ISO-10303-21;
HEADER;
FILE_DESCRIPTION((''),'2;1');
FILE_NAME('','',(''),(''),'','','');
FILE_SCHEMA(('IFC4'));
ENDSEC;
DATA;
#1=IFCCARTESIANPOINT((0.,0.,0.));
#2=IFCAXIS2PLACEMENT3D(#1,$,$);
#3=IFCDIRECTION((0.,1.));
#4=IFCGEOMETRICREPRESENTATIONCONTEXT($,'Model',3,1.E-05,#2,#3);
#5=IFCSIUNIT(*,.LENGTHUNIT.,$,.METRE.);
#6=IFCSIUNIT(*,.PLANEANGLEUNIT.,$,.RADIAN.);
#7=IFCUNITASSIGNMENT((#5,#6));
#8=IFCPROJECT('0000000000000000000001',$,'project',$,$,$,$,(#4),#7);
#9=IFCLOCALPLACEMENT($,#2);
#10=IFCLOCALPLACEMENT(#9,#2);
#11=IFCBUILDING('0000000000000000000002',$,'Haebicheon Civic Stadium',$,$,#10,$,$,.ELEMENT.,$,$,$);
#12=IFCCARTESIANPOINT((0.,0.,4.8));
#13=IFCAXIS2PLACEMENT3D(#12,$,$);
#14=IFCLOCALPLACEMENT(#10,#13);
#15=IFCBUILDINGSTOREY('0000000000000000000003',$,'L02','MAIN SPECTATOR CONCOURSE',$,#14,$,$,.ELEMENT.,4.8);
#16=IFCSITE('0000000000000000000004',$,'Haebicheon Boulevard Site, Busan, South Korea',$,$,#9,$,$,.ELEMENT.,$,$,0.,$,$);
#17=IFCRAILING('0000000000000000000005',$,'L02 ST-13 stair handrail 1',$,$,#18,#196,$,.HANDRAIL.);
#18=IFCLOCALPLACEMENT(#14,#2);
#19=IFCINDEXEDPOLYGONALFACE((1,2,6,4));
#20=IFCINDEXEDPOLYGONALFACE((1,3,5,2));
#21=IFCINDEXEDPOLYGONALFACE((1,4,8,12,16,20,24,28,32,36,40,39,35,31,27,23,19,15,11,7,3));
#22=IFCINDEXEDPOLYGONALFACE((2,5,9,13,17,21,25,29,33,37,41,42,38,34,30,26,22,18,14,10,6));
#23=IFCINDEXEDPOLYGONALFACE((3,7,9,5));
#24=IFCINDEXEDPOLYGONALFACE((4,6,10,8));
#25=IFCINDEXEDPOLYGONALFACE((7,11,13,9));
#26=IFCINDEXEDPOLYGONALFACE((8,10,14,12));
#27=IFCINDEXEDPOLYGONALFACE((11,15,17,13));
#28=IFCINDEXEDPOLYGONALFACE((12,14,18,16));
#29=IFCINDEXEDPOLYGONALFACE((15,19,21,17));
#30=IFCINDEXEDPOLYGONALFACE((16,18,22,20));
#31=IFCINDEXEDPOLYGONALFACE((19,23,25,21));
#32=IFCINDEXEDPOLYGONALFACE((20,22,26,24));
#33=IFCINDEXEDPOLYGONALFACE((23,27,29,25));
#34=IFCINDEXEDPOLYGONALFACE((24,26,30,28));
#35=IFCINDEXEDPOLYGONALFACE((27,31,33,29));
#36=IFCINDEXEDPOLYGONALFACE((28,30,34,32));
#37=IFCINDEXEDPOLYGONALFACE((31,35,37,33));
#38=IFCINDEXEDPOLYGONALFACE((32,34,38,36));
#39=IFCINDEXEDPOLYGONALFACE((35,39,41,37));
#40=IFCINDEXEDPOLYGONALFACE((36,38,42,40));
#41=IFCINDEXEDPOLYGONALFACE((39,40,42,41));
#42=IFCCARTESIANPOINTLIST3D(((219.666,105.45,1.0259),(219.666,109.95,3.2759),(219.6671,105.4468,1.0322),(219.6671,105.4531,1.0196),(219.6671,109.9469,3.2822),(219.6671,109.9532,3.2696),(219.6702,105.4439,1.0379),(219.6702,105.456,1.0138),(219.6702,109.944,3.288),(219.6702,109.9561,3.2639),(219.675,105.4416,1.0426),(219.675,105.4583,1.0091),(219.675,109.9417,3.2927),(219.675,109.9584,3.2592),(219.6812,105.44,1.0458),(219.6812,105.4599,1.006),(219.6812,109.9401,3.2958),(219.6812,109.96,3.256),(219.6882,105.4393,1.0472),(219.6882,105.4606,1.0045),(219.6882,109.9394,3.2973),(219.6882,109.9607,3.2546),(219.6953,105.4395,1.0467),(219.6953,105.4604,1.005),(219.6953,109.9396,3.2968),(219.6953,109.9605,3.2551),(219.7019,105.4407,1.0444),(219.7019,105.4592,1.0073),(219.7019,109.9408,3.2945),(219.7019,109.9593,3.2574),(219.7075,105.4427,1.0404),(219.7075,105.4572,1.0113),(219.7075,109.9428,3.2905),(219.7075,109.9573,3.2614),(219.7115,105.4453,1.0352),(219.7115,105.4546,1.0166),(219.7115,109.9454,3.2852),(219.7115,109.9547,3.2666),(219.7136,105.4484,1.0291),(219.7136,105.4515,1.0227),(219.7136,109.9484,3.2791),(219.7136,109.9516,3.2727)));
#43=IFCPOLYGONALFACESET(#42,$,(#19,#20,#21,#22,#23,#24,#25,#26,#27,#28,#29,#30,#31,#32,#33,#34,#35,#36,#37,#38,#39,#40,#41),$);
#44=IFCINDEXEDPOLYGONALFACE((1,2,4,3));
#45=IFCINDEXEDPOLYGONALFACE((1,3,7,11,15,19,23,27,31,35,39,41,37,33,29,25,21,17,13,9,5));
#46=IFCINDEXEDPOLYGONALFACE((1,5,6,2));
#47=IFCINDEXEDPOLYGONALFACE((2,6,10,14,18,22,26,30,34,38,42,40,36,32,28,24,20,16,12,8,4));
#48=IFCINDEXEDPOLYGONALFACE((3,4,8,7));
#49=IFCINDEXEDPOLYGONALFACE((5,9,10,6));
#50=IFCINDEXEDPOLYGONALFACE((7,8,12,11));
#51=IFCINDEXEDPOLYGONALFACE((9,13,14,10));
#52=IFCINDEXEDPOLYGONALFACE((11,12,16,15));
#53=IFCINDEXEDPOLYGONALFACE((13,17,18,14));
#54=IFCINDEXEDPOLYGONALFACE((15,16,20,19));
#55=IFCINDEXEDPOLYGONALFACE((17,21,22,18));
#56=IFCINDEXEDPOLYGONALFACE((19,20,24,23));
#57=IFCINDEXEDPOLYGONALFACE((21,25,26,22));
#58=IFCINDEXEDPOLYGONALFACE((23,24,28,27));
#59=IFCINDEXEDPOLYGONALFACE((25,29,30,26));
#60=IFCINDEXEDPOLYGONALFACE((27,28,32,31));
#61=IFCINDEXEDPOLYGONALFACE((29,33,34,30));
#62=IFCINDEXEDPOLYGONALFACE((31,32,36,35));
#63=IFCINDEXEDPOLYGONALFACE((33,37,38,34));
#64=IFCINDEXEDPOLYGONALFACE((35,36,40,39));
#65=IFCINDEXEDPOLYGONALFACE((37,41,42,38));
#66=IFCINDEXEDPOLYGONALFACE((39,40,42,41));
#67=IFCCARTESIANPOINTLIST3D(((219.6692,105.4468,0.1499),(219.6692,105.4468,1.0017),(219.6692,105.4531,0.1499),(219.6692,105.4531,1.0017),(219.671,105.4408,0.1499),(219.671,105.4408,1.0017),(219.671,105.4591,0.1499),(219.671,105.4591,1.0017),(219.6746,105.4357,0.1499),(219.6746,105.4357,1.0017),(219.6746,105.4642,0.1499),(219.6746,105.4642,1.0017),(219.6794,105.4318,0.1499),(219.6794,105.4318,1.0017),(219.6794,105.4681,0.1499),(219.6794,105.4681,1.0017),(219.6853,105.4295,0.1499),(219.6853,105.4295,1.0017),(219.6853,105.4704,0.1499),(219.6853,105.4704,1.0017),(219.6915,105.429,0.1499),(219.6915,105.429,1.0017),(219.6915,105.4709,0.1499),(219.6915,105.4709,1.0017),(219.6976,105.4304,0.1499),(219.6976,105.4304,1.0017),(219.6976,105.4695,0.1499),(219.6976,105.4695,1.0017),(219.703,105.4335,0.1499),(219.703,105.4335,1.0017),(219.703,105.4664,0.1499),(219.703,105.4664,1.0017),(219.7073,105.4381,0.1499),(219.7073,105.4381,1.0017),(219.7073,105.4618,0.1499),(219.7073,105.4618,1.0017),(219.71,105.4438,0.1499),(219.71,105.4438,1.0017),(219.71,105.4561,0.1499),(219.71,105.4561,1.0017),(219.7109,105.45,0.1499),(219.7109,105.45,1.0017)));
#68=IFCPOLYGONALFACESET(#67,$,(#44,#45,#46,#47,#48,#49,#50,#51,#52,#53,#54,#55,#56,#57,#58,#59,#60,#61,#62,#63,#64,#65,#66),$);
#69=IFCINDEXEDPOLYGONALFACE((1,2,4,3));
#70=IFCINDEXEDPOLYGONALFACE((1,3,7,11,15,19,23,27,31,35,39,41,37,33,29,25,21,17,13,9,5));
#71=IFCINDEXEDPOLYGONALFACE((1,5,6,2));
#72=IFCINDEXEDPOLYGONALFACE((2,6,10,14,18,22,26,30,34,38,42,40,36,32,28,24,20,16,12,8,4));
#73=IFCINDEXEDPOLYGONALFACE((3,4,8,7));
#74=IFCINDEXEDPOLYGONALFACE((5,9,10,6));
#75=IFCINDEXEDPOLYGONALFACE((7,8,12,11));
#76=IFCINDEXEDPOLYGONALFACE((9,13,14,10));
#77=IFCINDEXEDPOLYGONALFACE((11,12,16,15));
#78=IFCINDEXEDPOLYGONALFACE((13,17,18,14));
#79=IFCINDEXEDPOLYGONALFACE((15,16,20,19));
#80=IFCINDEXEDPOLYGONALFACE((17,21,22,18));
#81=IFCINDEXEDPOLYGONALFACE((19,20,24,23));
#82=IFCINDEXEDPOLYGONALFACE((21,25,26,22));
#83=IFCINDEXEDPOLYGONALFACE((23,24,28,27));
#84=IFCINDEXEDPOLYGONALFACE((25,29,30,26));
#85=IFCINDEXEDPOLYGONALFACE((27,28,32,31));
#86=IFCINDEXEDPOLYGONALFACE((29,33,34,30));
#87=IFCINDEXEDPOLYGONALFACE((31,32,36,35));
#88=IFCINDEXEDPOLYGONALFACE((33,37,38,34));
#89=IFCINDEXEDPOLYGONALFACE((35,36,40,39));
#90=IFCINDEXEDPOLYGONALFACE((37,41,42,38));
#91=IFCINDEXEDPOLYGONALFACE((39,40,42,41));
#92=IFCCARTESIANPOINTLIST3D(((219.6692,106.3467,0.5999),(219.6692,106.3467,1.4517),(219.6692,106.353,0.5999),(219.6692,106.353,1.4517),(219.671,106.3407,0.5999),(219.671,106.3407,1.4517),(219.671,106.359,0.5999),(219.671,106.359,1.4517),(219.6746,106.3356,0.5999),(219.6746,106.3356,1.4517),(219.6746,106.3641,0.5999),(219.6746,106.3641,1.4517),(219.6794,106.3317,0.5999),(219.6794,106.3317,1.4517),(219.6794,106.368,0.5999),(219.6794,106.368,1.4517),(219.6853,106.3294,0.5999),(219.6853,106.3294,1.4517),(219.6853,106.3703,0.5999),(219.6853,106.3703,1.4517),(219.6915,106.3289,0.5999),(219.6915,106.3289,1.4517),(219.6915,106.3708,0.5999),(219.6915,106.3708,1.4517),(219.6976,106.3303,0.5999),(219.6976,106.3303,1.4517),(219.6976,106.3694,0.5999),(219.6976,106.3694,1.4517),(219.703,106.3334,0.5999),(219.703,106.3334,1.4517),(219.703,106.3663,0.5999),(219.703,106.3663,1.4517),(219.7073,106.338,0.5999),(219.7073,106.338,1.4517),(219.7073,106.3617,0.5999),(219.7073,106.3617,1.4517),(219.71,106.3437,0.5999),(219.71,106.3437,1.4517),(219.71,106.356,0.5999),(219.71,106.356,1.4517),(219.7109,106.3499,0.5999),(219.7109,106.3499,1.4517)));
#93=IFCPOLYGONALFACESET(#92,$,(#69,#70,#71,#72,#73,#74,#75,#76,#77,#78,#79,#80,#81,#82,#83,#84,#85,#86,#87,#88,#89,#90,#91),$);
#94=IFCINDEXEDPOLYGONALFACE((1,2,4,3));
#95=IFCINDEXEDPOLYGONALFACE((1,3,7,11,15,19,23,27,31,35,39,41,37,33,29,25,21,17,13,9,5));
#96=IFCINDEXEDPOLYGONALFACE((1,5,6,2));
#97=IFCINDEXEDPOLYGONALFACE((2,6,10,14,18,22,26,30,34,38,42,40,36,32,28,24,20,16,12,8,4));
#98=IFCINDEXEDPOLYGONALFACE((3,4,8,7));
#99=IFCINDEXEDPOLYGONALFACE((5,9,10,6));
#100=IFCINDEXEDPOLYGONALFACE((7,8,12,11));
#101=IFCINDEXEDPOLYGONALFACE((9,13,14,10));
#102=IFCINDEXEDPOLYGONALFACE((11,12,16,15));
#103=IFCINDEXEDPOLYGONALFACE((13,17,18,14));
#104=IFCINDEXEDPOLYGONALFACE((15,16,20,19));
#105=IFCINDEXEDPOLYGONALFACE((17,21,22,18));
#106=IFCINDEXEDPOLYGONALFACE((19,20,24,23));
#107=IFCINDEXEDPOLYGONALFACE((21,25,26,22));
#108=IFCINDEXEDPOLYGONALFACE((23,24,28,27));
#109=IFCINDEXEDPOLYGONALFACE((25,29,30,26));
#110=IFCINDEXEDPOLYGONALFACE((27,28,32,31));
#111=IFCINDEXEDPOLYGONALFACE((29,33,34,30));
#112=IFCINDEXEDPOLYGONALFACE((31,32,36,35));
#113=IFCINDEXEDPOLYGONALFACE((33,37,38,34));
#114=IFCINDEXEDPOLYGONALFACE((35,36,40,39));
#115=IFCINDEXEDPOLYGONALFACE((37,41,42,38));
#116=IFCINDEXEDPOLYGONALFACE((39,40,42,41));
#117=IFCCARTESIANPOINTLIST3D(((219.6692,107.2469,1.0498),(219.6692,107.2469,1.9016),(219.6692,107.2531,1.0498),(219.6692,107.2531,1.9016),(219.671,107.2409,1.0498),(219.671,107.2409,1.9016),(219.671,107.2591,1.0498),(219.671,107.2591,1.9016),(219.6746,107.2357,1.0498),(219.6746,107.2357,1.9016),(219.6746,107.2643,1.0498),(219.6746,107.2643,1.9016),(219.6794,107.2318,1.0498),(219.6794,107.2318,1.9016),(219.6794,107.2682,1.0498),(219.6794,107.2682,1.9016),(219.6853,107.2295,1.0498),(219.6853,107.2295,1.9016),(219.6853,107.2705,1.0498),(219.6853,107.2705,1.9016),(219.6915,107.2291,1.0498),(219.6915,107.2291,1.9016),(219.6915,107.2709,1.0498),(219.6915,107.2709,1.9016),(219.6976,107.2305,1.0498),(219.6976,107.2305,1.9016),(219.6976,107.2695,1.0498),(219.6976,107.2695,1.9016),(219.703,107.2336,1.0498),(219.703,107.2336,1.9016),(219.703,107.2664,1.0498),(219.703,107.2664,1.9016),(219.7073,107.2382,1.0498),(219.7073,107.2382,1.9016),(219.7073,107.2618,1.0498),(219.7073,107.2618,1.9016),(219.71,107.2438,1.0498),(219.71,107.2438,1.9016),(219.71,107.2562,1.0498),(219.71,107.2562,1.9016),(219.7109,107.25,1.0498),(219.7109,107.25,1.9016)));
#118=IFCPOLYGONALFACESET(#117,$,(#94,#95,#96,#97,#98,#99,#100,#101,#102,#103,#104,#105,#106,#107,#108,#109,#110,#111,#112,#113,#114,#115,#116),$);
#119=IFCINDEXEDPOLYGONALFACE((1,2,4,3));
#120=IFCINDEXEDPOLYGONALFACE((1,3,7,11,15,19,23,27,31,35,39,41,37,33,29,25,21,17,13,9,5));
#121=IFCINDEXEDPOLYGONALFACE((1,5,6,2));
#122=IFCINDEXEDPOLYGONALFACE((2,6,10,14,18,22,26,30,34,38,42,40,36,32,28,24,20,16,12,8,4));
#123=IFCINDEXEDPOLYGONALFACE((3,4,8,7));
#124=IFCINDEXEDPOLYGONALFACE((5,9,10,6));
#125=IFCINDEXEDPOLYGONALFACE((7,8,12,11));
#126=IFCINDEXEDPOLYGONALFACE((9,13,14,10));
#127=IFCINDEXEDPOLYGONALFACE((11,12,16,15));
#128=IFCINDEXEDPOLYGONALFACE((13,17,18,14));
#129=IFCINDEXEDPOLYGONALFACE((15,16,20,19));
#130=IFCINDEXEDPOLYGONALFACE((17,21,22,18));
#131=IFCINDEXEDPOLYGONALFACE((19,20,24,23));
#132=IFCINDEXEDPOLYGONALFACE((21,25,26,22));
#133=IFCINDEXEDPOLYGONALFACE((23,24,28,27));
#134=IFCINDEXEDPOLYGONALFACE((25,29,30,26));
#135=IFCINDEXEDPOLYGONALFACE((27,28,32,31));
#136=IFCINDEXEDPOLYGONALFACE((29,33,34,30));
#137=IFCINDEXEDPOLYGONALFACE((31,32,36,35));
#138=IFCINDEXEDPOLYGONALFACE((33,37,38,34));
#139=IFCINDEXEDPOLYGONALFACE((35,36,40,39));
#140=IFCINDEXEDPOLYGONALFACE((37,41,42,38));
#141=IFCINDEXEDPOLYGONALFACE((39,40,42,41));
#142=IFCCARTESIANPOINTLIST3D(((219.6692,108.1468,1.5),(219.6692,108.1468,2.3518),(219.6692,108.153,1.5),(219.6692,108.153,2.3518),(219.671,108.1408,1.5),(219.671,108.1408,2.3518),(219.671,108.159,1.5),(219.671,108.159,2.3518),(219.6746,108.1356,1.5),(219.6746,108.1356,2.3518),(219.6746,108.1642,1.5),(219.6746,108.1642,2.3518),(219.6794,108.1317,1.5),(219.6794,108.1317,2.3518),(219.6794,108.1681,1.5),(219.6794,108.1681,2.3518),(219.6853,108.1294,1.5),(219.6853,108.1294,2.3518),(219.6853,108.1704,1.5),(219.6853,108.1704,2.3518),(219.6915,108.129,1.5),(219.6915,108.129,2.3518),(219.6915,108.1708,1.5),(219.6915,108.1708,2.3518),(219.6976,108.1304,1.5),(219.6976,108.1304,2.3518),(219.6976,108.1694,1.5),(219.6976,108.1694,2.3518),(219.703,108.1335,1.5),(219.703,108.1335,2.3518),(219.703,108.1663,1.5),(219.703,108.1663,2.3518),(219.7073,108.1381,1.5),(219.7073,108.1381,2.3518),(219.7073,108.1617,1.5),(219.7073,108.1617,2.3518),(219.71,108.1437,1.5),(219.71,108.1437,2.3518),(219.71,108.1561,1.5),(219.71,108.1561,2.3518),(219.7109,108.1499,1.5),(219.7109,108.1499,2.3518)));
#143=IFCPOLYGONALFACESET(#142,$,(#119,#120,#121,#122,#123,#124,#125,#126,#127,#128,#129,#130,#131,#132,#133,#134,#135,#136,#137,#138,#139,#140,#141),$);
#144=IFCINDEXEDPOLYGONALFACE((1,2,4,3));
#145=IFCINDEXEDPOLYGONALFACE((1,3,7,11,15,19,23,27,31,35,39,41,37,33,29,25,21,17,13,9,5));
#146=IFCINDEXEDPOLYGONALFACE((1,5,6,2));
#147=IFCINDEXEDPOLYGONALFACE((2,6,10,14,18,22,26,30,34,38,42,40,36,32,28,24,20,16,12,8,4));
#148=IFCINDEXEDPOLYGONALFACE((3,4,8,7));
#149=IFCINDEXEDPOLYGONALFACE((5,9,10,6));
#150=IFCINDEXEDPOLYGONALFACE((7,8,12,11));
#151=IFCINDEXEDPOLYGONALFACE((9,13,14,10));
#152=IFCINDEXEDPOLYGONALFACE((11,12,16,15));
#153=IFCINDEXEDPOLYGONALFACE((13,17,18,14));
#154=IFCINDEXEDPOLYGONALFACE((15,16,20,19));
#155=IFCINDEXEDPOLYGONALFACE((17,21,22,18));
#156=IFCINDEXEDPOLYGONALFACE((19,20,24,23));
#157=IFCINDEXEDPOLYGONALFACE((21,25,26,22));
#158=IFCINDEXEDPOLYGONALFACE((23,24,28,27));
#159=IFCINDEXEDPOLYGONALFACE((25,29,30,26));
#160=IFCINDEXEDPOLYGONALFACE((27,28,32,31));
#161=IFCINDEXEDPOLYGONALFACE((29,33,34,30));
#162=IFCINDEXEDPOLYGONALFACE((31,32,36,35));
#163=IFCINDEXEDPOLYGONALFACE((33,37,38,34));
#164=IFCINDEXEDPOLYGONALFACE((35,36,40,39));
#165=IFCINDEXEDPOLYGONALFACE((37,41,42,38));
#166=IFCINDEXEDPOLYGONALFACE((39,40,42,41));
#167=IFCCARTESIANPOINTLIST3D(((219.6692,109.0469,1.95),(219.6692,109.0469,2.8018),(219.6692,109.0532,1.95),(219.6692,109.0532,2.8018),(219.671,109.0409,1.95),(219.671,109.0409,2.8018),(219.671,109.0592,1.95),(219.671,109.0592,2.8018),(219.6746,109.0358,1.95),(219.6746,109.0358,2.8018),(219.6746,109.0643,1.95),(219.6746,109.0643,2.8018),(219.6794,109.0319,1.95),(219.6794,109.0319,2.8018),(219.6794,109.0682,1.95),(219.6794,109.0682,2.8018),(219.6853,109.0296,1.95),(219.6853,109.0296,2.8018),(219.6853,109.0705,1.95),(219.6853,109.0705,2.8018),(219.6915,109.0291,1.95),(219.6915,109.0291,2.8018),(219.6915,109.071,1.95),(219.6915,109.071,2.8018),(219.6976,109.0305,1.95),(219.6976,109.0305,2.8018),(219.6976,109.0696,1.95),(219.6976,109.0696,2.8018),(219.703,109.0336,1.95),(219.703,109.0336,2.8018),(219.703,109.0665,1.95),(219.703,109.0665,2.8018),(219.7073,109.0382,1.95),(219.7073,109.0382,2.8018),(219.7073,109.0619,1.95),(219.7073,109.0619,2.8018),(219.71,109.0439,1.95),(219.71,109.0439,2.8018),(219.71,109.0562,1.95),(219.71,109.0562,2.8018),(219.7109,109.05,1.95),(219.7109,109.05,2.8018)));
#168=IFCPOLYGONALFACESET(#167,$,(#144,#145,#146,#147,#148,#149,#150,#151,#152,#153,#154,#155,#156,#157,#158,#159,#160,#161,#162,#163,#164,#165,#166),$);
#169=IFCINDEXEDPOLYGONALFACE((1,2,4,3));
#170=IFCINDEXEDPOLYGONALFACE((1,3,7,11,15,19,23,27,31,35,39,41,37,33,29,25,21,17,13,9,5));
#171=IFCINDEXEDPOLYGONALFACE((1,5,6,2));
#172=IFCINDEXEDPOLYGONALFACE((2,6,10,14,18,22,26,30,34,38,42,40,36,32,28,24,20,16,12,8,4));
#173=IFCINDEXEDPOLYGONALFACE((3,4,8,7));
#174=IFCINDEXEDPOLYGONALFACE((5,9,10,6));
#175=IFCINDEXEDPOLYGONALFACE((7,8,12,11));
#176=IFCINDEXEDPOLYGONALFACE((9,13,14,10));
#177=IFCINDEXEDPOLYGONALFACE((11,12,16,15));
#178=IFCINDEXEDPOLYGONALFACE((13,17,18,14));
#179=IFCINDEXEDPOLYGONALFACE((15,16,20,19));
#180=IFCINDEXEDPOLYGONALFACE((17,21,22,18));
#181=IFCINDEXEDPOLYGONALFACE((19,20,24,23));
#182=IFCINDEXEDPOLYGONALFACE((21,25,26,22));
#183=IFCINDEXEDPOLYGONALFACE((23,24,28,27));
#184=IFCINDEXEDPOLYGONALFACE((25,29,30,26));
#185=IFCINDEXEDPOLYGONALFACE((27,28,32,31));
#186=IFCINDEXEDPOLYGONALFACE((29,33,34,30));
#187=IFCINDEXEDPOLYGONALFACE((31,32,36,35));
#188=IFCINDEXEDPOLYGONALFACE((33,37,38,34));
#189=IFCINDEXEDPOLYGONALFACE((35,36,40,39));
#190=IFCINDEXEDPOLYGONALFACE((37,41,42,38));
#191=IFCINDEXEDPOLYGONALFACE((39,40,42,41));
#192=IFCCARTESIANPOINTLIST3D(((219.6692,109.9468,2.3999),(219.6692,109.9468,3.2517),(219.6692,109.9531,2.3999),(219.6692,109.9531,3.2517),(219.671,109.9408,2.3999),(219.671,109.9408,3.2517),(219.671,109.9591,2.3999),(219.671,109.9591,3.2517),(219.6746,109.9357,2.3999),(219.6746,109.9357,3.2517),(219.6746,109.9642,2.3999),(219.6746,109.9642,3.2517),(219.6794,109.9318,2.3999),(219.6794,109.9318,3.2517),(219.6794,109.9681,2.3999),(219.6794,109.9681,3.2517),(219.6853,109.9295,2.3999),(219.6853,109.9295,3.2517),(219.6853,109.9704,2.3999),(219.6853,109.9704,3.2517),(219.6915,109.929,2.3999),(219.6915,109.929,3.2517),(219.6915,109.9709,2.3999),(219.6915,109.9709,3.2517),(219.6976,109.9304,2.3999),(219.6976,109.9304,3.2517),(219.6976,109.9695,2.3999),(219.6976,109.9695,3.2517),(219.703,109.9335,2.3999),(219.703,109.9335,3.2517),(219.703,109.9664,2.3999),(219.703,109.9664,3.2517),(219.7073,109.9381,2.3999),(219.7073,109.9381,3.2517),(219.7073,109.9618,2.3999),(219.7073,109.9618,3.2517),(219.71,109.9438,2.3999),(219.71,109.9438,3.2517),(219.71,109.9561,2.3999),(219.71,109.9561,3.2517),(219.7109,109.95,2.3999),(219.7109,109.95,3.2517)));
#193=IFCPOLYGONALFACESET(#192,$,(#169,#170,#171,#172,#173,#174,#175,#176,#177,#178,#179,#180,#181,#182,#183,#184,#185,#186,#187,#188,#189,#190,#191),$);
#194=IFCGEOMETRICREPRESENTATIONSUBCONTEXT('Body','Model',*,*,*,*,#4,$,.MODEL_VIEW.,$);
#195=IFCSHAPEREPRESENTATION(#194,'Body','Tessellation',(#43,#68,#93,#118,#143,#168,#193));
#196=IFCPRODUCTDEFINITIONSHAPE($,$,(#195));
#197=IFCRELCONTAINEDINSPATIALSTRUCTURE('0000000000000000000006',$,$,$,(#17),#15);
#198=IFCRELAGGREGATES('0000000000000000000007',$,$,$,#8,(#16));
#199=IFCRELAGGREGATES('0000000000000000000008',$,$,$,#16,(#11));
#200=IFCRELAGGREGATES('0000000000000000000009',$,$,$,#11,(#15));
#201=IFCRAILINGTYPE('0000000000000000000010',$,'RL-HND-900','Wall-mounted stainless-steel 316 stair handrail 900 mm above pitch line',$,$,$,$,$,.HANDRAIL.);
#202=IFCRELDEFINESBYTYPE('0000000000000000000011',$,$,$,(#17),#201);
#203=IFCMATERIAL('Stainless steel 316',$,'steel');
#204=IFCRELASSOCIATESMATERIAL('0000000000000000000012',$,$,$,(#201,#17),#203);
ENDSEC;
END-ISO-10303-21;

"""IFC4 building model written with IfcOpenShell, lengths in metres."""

from ifc_helpers import new_model, si_unit, direction, frame, origin, origin_2d, place, context, subcontext, project, spatial, circle, extrude, material, type_object, element, save


model = new_model("IFC4")

# Units and contexts
model_context = context("Model", 3, precision=1e-05, world=origin(), true_north=direction((0.0, 1.0)))
body_context = subcontext(model_context, "Body", "Model", "MODEL_VIEW")
ifc_project = project(units=[si_unit("LENGTHUNIT", "METRE"), si_unit("PLANEANGLEUNIT", "RADIAN")], contexts=[model_context])

# Site, building, storey
site_placement = place(None, origin())
site = spatial("IfcSite", under=ifc_project, at=site_placement, Name="Haebicheon Boulevard Site, Busan, South Korea", CompositionType="ELEMENT", RefElevation=0.0)
building_placement = place(site_placement, origin())
building = spatial("IfcBuilding", under=site, at=building_placement, Name="Haebicheon Civic Stadium", CompositionType="ELEMENT")
storey_placement = place(building_placement, frame((0.0, 0.0, 4.8)))
storey = spatial("IfcBuildingStorey", under=building, at=storey_placement, Name="L02", Description="MAIN SPECTATOR CONCOURSE", CompositionType="ELEMENT", Elevation=4.8)

# Railing
ifc_material_1 = material(Name="Stainless steel 316", Category="steel")
railing_type_1 = type_object("IfcRailingType", Name="RL-HND-900", Description="Wall-mounted stainless-steel 316 stair handrail 900 mm above pitch line", PredefinedType="HANDRAIL", material=ifc_material_1)
railing_1_placement = place(storey_placement, frame((219.6899, 105.45, 0.1499)))
element("IfcRailing", 1, at=railing_1_placement, inside=storey, type_object=railing_type_1, material=ifc_material_1, Name="L02 ST-13 stair handrail 1", PredefinedType="HANDRAIL", context=body_context, shape_type="SweptSolid", body=[
    extrude(circle(Radius=0.0239, at=origin_2d()), frame((0.0, 0.0, 0.876), z_axis=(0.0, 0.894427, 0.447214), x_axis=(-1.0, 0.0, 0.0)), (0.0, 0.0, 1.0), 5.0312),
    extrude(circle(Radius=0.021, at=origin_2d()), origin(), (0.0, 0.0, 1.0), 0.8518),
    extrude(circle(Radius=0.021, at=origin_2d()), frame((0.0, 0.8999, 0.45)), (0.0, 0.0, 1.0), 0.8518),
    extrude(circle(Radius=0.021, at=origin_2d()), frame((0.0, 1.8, 0.8999)), (0.0, 0.0, 1.0), 0.8518),
    extrude(circle(Radius=0.021, at=origin_2d()), frame((0.0, 2.7, 1.3501)), (0.0, 0.0, 1.0), 0.8518),
    extrude(circle(Radius=0.021, at=origin_2d()), frame((0.0, 3.6001, 1.8)), (0.0, 0.0, 1.0), 0.8518),
    extrude(circle(Radius=0.021, at=origin_2d()), frame((0.0, 4.5, 2.25)), (0.0, 0.0, 1.0), 0.8518),
])

save(model, "model.ifc")
